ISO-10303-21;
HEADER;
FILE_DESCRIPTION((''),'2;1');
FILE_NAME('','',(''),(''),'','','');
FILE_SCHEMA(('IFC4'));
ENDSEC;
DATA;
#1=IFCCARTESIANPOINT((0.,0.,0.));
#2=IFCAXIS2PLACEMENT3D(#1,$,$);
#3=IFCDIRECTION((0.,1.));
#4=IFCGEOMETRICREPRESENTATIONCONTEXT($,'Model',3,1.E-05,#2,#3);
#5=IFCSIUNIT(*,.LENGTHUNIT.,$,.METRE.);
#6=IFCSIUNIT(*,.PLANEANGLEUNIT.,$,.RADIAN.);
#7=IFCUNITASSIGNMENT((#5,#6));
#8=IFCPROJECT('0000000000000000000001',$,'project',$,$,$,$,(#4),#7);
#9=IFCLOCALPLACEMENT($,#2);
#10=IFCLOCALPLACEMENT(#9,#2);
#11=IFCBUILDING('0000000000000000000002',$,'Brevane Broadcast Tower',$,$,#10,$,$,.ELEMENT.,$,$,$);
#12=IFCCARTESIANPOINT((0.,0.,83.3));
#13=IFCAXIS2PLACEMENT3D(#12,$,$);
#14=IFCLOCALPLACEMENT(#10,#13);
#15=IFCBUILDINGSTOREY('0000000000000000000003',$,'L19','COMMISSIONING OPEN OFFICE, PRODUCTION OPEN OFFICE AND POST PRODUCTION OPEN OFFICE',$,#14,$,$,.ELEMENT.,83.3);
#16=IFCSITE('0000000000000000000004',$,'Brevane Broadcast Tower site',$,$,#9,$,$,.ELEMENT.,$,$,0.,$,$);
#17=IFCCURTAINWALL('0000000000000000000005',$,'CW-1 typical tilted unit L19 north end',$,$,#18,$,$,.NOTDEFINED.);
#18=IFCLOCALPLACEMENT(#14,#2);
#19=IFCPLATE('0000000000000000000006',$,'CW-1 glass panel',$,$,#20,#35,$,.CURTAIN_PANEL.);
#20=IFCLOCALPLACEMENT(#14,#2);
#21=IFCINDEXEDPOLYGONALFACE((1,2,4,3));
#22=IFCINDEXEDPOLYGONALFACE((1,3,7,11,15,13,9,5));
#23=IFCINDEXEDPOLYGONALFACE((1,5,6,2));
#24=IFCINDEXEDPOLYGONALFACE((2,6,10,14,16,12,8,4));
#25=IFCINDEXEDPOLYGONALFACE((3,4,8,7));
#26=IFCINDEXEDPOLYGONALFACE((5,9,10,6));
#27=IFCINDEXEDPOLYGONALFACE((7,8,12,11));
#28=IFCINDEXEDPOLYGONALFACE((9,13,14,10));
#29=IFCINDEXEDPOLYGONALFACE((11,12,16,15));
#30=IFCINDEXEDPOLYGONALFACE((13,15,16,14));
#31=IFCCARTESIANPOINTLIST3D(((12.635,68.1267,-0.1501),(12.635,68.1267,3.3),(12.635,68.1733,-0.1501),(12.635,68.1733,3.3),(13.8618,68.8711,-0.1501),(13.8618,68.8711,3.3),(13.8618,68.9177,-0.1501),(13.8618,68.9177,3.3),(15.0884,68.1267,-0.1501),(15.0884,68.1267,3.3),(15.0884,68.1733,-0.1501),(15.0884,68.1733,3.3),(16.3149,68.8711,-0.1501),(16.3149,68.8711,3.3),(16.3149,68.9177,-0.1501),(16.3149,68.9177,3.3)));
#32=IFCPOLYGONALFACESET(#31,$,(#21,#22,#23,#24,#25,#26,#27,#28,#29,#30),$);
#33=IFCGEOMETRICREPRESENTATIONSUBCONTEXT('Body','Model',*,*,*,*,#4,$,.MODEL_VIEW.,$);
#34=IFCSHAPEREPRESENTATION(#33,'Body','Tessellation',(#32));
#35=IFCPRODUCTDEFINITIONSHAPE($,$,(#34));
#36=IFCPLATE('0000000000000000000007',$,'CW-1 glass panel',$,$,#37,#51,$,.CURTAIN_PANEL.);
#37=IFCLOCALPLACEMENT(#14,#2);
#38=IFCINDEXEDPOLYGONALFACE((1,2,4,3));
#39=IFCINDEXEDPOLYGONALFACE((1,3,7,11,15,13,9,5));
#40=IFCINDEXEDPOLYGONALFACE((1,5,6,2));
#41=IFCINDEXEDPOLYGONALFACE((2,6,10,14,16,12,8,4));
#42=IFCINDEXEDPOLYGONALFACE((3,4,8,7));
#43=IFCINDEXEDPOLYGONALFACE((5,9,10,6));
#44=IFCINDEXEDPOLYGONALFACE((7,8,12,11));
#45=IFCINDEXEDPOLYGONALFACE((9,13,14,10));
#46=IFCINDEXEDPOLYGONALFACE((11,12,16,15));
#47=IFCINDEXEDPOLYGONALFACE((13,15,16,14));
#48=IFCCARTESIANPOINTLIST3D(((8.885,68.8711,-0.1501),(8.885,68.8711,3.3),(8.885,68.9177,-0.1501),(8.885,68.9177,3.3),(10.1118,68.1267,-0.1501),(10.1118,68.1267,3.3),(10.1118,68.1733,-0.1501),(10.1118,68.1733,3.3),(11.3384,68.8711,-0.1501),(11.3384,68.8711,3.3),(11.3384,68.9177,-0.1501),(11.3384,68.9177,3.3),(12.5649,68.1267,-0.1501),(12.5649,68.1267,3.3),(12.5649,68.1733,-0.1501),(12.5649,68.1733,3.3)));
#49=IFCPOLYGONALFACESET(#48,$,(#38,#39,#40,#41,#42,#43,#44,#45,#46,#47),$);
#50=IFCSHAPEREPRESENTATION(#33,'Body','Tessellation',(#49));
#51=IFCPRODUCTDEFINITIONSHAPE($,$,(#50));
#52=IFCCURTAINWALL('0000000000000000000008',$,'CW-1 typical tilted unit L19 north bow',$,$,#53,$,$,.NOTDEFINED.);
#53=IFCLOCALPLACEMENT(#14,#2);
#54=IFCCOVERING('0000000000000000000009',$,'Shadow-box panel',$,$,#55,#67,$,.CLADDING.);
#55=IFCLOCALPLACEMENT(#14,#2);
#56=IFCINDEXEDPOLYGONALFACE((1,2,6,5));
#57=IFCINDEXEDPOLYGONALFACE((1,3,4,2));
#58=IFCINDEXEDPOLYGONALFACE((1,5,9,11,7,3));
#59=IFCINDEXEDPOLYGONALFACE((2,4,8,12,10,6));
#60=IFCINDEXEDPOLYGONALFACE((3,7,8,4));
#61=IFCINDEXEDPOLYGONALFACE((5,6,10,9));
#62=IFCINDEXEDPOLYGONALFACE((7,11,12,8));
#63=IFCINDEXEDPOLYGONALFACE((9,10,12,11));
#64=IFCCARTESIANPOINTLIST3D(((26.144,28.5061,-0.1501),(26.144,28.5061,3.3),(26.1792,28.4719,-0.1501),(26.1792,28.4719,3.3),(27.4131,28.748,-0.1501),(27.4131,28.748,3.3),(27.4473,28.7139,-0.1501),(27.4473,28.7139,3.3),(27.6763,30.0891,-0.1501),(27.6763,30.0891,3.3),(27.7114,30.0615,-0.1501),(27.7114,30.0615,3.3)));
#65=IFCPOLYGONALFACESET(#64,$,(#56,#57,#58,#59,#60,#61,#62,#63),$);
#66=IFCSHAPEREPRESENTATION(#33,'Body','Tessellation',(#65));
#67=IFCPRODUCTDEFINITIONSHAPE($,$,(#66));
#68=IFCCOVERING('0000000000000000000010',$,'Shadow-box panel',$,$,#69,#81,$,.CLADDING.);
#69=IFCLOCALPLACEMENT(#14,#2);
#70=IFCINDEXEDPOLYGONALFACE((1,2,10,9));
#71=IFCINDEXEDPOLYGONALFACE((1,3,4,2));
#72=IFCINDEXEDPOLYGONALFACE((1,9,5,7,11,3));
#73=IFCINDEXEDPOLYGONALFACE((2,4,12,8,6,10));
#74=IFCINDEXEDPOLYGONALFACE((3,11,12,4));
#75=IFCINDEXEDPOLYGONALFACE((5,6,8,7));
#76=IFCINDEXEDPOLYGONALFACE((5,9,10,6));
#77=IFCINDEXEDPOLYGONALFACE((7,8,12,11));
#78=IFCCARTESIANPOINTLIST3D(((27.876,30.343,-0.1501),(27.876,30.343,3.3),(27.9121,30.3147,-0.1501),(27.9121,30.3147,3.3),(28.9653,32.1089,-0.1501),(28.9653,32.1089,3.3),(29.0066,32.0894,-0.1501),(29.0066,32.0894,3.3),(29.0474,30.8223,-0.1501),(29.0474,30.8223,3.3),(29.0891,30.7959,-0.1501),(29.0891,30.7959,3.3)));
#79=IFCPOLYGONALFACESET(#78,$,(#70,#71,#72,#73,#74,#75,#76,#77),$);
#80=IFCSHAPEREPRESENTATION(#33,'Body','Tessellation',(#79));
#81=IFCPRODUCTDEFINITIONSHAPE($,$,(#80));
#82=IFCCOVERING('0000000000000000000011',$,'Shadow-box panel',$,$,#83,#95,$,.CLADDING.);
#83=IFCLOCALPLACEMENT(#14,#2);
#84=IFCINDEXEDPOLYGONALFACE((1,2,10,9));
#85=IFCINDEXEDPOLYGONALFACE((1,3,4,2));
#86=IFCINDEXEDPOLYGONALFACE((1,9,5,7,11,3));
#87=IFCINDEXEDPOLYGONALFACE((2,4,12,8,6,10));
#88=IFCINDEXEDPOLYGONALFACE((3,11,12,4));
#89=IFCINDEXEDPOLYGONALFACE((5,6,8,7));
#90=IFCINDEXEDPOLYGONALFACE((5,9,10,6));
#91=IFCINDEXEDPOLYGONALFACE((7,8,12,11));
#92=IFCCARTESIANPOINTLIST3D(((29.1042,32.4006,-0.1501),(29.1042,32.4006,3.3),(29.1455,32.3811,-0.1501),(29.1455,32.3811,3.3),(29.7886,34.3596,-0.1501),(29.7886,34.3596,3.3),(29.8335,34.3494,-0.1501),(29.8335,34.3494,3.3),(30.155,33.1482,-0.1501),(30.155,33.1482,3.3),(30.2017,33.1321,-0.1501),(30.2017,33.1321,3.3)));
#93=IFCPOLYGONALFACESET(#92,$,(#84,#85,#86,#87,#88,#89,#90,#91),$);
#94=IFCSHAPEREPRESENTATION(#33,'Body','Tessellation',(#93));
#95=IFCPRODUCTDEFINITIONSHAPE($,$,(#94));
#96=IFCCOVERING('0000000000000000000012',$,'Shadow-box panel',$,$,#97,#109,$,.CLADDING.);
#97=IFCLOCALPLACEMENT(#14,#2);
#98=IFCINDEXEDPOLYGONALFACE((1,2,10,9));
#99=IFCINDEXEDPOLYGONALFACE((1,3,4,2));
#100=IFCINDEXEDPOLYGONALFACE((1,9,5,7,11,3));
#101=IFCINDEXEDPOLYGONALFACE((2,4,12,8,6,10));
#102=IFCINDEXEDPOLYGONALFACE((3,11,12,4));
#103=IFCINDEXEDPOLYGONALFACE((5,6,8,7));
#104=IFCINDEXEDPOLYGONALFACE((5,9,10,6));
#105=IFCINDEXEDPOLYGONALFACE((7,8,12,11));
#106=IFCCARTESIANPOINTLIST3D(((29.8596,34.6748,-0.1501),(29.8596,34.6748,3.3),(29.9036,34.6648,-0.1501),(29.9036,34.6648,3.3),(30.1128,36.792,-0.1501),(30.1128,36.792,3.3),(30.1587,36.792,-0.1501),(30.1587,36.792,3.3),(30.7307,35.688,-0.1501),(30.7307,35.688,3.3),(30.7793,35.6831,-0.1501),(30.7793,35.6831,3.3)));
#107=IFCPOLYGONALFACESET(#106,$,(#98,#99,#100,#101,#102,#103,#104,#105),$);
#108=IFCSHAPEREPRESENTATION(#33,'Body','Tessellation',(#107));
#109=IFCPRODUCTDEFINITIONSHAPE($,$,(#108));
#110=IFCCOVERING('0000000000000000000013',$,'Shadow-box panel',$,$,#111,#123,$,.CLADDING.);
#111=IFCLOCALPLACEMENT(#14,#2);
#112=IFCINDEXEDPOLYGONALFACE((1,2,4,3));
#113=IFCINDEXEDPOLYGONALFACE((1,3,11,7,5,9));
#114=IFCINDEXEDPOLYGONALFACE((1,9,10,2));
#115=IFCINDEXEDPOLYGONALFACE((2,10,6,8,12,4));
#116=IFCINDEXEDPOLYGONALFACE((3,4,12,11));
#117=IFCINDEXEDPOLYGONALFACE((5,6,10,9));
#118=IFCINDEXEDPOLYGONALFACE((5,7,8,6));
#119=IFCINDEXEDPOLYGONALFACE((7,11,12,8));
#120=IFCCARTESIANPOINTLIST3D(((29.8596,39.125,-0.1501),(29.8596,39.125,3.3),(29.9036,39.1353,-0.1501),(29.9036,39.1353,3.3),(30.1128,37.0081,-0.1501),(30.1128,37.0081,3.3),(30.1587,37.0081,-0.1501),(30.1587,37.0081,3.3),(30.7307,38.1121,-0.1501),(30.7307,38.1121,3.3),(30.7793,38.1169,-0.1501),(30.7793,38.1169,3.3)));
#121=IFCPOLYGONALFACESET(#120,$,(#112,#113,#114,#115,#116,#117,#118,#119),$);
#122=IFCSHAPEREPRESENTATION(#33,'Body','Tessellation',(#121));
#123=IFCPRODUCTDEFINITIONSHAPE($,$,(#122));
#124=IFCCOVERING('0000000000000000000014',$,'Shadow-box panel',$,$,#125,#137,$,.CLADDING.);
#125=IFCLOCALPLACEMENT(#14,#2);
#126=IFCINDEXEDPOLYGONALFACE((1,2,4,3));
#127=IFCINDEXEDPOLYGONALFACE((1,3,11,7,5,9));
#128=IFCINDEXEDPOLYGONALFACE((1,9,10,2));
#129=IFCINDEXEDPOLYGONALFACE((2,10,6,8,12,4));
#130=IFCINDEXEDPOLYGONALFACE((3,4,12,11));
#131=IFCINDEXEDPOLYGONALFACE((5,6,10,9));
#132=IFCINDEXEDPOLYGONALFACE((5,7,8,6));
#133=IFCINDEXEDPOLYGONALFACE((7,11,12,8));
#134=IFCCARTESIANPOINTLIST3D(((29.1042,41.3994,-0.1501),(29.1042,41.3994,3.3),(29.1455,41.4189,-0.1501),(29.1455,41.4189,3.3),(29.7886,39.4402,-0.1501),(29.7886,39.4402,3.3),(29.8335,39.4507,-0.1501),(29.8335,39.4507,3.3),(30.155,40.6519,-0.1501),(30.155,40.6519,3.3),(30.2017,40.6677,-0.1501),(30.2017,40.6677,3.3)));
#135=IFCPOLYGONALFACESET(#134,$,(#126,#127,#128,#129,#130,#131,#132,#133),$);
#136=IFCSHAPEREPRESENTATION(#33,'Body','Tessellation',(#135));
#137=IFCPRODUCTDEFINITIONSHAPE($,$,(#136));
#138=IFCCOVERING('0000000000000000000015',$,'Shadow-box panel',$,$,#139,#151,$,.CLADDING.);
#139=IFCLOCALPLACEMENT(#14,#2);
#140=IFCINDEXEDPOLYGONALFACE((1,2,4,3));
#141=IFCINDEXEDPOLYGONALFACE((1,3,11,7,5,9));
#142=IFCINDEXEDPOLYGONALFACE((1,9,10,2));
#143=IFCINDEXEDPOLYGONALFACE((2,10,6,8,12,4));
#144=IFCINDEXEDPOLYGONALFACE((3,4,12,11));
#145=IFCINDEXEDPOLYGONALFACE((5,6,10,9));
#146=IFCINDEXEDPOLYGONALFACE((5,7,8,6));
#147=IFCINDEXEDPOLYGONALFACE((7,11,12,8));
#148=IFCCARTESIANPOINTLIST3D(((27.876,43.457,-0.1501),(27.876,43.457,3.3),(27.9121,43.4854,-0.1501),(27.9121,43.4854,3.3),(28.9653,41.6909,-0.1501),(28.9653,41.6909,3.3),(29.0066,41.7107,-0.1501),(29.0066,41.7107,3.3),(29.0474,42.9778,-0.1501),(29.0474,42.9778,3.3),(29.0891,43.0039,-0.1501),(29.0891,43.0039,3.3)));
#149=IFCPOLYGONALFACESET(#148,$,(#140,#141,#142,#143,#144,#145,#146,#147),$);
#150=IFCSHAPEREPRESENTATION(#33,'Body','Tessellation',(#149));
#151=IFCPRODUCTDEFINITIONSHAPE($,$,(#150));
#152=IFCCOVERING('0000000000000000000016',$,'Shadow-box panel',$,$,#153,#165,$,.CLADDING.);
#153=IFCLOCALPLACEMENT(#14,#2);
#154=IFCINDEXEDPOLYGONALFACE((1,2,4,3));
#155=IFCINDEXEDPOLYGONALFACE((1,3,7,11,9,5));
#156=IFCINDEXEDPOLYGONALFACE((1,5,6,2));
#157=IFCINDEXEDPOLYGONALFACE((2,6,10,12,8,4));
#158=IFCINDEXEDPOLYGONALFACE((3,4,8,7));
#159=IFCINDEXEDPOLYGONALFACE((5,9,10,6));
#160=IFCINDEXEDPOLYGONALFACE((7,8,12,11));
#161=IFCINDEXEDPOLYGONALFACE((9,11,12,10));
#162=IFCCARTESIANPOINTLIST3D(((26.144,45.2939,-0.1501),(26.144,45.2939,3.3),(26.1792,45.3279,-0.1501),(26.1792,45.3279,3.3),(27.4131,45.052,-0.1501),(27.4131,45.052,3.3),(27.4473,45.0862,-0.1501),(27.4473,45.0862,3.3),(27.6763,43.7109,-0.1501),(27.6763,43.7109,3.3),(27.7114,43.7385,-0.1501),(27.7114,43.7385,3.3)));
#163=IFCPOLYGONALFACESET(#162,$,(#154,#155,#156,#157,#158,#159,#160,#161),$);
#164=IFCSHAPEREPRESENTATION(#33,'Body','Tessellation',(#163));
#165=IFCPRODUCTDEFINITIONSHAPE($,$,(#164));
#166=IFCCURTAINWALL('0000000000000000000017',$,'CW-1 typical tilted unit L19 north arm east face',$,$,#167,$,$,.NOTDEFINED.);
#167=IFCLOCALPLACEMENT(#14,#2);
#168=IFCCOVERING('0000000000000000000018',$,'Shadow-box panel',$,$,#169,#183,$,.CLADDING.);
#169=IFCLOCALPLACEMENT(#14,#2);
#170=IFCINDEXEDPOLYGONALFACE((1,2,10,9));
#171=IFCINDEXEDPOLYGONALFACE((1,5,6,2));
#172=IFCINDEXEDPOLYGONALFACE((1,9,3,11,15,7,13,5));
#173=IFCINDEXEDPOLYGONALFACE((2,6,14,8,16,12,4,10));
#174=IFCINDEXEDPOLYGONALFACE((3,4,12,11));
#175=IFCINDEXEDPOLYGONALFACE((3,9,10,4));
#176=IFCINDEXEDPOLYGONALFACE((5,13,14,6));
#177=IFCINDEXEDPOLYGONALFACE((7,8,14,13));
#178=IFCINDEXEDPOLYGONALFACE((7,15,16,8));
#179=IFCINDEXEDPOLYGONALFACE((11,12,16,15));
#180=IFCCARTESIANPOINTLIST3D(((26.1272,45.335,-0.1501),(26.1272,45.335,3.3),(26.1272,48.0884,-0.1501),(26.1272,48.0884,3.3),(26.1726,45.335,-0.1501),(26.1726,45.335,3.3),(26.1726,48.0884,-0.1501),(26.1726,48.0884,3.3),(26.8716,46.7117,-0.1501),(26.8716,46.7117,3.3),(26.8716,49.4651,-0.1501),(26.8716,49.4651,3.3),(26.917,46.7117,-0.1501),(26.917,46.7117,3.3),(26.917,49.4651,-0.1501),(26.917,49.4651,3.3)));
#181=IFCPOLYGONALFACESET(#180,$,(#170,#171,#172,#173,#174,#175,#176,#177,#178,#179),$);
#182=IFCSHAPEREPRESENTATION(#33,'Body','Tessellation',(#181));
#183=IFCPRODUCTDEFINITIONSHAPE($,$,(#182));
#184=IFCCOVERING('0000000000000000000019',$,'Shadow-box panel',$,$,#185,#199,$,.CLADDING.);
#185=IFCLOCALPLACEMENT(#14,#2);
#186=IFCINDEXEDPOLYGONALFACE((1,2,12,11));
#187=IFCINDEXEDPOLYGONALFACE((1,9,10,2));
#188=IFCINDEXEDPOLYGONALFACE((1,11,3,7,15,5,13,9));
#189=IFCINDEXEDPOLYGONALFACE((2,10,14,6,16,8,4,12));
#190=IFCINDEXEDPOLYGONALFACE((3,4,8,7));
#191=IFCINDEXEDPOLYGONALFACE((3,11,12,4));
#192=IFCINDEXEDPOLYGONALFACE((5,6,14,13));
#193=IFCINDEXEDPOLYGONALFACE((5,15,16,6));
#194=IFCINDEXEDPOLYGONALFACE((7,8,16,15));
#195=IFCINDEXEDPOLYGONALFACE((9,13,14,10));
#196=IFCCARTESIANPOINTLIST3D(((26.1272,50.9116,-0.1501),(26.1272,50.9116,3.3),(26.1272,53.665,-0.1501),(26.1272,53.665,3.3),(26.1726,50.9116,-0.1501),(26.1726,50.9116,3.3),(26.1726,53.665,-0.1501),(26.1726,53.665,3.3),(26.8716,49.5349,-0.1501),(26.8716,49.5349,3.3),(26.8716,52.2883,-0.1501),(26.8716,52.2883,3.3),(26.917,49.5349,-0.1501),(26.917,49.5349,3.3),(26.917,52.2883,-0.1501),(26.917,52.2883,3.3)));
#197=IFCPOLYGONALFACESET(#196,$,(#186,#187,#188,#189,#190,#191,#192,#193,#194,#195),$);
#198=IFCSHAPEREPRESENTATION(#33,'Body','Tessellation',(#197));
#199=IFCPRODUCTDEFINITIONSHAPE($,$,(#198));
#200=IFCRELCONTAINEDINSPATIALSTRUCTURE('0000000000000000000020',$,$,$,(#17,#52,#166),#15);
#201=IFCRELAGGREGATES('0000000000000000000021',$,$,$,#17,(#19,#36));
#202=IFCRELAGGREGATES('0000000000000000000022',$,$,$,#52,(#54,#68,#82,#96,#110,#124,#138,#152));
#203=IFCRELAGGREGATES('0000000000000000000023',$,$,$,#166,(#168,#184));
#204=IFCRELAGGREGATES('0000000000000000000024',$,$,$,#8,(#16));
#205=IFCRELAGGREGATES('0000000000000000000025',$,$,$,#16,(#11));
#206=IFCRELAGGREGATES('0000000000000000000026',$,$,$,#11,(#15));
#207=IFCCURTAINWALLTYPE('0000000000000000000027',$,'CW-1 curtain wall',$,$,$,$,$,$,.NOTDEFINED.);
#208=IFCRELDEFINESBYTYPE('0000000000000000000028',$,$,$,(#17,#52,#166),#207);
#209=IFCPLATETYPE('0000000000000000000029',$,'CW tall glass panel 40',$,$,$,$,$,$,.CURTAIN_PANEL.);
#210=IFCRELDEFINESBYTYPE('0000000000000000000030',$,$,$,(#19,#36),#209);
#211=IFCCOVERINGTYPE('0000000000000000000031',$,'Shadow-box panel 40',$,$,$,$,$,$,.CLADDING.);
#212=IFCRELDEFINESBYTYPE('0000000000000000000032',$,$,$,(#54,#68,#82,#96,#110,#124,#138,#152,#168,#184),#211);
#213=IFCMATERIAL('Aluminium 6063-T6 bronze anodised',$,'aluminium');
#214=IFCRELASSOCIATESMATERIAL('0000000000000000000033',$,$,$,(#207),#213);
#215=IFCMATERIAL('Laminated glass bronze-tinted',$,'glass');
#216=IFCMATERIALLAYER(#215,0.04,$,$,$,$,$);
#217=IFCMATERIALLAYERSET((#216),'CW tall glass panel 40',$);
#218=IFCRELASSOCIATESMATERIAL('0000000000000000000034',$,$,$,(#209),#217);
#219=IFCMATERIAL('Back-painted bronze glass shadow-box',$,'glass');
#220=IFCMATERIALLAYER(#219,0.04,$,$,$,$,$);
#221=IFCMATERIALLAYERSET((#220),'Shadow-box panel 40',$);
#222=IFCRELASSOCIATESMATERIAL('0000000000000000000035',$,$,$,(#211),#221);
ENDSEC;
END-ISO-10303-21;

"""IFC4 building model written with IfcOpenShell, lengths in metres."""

from ifc_helpers import new_model, si_unit, direction, frame, origin, place, context, subcontext, project, spatial, polyline, outline, extrude, material, layer, layer_set, type_object, element, aggregate, save


model = new_model("IFC4")

# Units and contexts
model_context = context("Model", 3, precision=1e-05, world=origin(), true_north=direction((0.0, 1.0)))
body_context = subcontext(model_context, "Body", "Model", "MODEL_VIEW")
ifc_project = project(units=[si_unit("LENGTHUNIT", "METRE"), si_unit("PLANEANGLEUNIT", "RADIAN")], contexts=[model_context])

# Site, building, storey
site_placement = place(None, origin())
site = spatial("IfcSite", under=ifc_project, at=site_placement, Name="Brevane Broadcast Tower site", CompositionType="ELEMENT", RefElevation=0.0)
building_placement = place(site_placement, origin())
building = spatial("IfcBuilding", under=site, at=building_placement, Name="Brevane Broadcast Tower", CompositionType="ELEMENT")
storey_placement = place(building_placement, frame((0.0, 0.0, 83.3)))
storey = spatial("IfcBuildingStorey", under=building, at=storey_placement, Name="L19", Description="COMMISSIONING OPEN OFFICE, PRODUCTION OPEN OFFICE AND POST PRODUCTION OPEN OFFICE", CompositionType="ELEMENT", Elevation=83.3)

# Shared definitions
ifc_material_1 = material(Name="Aluminium 6063-T6 bronze anodised", Category="aluminium")
curtain_wall_type = type_object("IfcCurtainWallType", Name="CW-1 curtain wall", PredefinedType="NOTDEFINED", material=ifc_material_1)

# Curtain wall, plates
ifc_material_2 = material(Name="Laminated glass bronze-tinted", Category="glass")
ifc_layer_1 = layer(ifc_material_2, 0.04)
ifc_layer_set_1 = layer_set([ifc_layer_1], Name="CW tall glass panel 40")
plate_type = type_object("IfcPlateType", Name="CW tall glass panel 40", PredefinedType="CURTAIN_PANEL", material=ifc_layer_set_1)
curtain_wall_1_placement = place(storey_placement, origin())
curtain_wall_1 = element("IfcCurtainWall", 1, at=curtain_wall_1_placement, inside=storey, type_object=curtain_wall_type, Name="CW-1 typical tilted unit L19 north end", PredefinedType="NOTDEFINED")
plate_1_placement = place(storey_placement, frame((0.0, 0.0, -0.1501)))
plate_1 = element("IfcPlate", 2, at=plate_1_placement, type_object=plate_type, Name="CW-1 glass panel", PredefinedType="CURTAIN_PANEL", context=body_context, shape_type="SweptSolid", body=[
    extrude(outline(polyline([(16.3149, 68.8711), (16.3149, 68.9177), (15.0884, 68.1733), (13.8618, 68.9177), (12.635, 68.1733), (12.635, 68.1267), (13.8618, 68.8711), (15.0884, 68.1267), (16.3149, 68.8711)])), origin(), (0.0, 0.0, 1.0), 3.4502),
])
plate_2_placement = place(storey_placement, frame((0.0, 0.0, -0.1501)))
plate_2 = element("IfcPlate", 3, at=plate_2_placement, type_object=plate_type, Name="CW-1 glass panel", PredefinedType="CURTAIN_PANEL", context=body_context, shape_type="SweptSolid", body=[
    extrude(outline(polyline([(12.5649, 68.1267), (12.5649, 68.1733), (11.3384, 68.9177), (10.1118, 68.1733), (8.885, 68.9177), (8.885, 68.8711), (10.1118, 68.1267), (11.3384, 68.8711), (12.5649, 68.1267)])), origin(), (0.0, 0.0, 1.0), 3.4502),
])
aggregate(curtain_wall_1, [plate_1, plate_2])

# Curtain walls, coverings
curtain_wall_2_placement = place(storey_placement, origin())
curtain_wall_2 = element("IfcCurtainWall", 4, at=curtain_wall_2_placement, inside=storey, type_object=curtain_wall_type, Name="CW-1 typical tilted unit L19 north bow", PredefinedType="NOTDEFINED")
ifc_material_3 = material(Name="Back-painted bronze glass shadow-box", Category="glass")
ifc_layer_2 = layer(ifc_material_3, 0.04)
ifc_layer_set_2 = layer_set([ifc_layer_2], Name="Shadow-box panel 40")
covering_type = type_object("IfcCoveringType", Name="Shadow-box panel 40", PredefinedType="CLADDING", material=ifc_layer_set_2)
covering_1_placement = place(storey_placement, frame((0.0, 0.0, -0.1501)))
covering_1 = element("IfcCovering", 5, at=covering_1_placement, type_object=covering_type, Name="Shadow-box panel", PredefinedType="CLADDING", context=body_context, shape_type="SweptSolid", body=[
    extrude(outline(polyline([(26.144, 28.5061), (26.1792, 28.4719), (27.4473, 28.7139), (27.7114, 30.0615), (27.6763, 30.0891), (27.4131, 28.748), (26.144, 28.5061)])), origin(), (0.0, 0.0, 1.0), 3.4502),
])
covering_2_placement = place(storey_placement, frame((0.0, 0.0, -0.1501)))
covering_2 = element("IfcCovering", 6, at=covering_2_placement, type_object=covering_type, Name="Shadow-box panel", PredefinedType="CLADDING", context=body_context, shape_type="SweptSolid", body=[
    extrude(outline(polyline([(27.876, 30.343), (27.9121, 30.3147), (29.0891, 30.7959), (29.0066, 32.0894), (28.9653, 32.1089), (29.0474, 30.8223), (27.876, 30.343)])), origin(), (0.0, 0.0, 1.0), 3.4502),
])
covering_3_placement = place(storey_placement, frame((0.0, 0.0, -0.1501)))
covering_3 = element("IfcCovering", 7, at=covering_3_placement, type_object=covering_type, Name="Shadow-box panel", PredefinedType="CLADDING", context=body_context, shape_type="SweptSolid", body=[
    extrude(outline(polyline([(29.1042, 32.4006), (29.1455, 32.3811), (30.2017, 33.1321), (29.8335, 34.3494), (29.7886, 34.3596), (30.155, 33.1482), (29.1042, 32.4006)])), origin(), (0.0, 0.0, 1.0), 3.4502),
])
covering_4_placement = place(storey_placement, frame((0.0, 0.0, -0.1501)))
covering_4 = element("IfcCovering", 8, at=covering_4_placement, type_object=covering_type, Name="Shadow-box panel", PredefinedType="CLADDING", context=body_context, shape_type="SweptSolid", body=[
    extrude(outline(polyline([(29.8596, 34.6748), (29.9036, 34.6648), (30.7793, 35.6831), (30.1587, 36.792), (30.1128, 36.792), (30.7307, 35.688), (29.8596, 34.6748)])), origin(), (0.0, 0.0, 1.0), 3.4502),
])
covering_5_placement = place(storey_placement, frame((0.0, 0.0, -0.1501)))
covering_5 = element("IfcCovering", 9, at=covering_5_placement, type_object=covering_type, Name="Shadow-box panel", PredefinedType="CLADDING", context=body_context, shape_type="SweptSolid", body=[
    extrude(outline(polyline([(30.1128, 37.0081), (30.1587, 37.0081), (30.7793, 38.1169), (29.9036, 39.1353), (29.8596, 39.125), (30.7307, 38.1121), (30.1128, 37.0081)])), origin(), (0.0, 0.0, 1.0), 3.4502),
])
covering_6_placement = place(storey_placement, frame((0.0, 0.0, -0.1501)))
covering_6 = element("IfcCovering", 10, at=covering_6_placement, type_object=covering_type, Name="Shadow-box panel", PredefinedType="CLADDING", context=body_context, shape_type="SweptSolid", body=[
    extrude(outline(polyline([(29.7886, 39.4402), (29.8335, 39.4507), (30.2017, 40.6677), (29.1455, 41.4189), (29.1042, 41.3994), (30.155, 40.6519), (29.7886, 39.4402)])), origin(), (0.0, 0.0, 1.0), 3.4502),
])
covering_7_placement = place(storey_placement, frame((0.0, 0.0, -0.1501)))
covering_7 = element("IfcCovering", 11, at=covering_7_placement, type_object=covering_type, Name="Shadow-box panel", PredefinedType="CLADDING", context=body_context, shape_type="SweptSolid", body=[
    extrude(outline(polyline([(28.9653, 41.6909), (29.0066, 41.7107), (29.0891, 43.0039), (27.9121, 43.4854), (27.876, 43.457), (29.0474, 42.9778), (28.9653, 41.6909)])), origin(), (0.0, 0.0, 1.0), 3.4502),
])
covering_8_placement = place(storey_placement, frame((0.0, 0.0, -0.1501)))
covering_8 = element("IfcCovering", 12, at=covering_8_placement, type_object=covering_type, Name="Shadow-box panel", PredefinedType="CLADDING", context=body_context, shape_type="SweptSolid", body=[
    extrude(outline(polyline([(27.6763, 43.7109), (27.7114, 43.7385), (27.4473, 45.0862), (26.1792, 45.3279), (26.144, 45.2939), (27.4131, 45.052), (27.6763, 43.7109)])), origin(), (0.0, 0.0, 1.0), 3.4502),
])
aggregate(curtain_wall_2, [covering_1, covering_2, covering_3, covering_4, covering_5, covering_6, covering_7, covering_8])
curtain_wall_3_placement = place(storey_placement, origin())
curtain_wall_3 = element("IfcCurtainWall", 13, at=curtain_wall_3_placement, inside=storey, type_object=curtain_wall_type, Name="CW-1 typical tilted unit L19 north arm east face", PredefinedType="NOTDEFINED")
covering_9_placement = place(storey_placement, frame((0.0, 0.0, -0.1501)))
covering_9 = element("IfcCovering", 14, at=covering_9_placement, type_object=covering_type, Name="Shadow-box panel", PredefinedType="CLADDING", context=body_context, shape_type="SweptSolid", body=[
    extrude(outline(polyline([(26.1272, 45.335), (26.1726, 45.335), (26.917, 46.7117), (26.1726, 48.0884), (26.917, 49.4651), (26.8716, 49.4651), (26.1272, 48.0884), (26.8716, 46.7117), (26.1272, 45.335)])), origin(), (0.0, 0.0, 1.0), 3.4502),
])
covering_10_placement = place(storey_placement, frame((0.0, 0.0, -0.1501)))
covering_10 = element("IfcCovering", 15, at=covering_10_placement, type_object=covering_type, Name="Shadow-box panel", PredefinedType="CLADDING", context=body_context, shape_type="SweptSolid", body=[
    extrude(outline(polyline([(26.8716, 49.5349), (26.917, 49.5349), (26.1726, 50.9116), (26.917, 52.2883), (26.1726, 53.665), (26.1272, 53.665), (26.8716, 52.2883), (26.1272, 50.9116), (26.8716, 49.5349)])), origin(), (0.0, 0.0, 1.0), 3.4502),
])
aggregate(curtain_wall_3, [covering_9, covering_10])

save(model, "model.ifc")
